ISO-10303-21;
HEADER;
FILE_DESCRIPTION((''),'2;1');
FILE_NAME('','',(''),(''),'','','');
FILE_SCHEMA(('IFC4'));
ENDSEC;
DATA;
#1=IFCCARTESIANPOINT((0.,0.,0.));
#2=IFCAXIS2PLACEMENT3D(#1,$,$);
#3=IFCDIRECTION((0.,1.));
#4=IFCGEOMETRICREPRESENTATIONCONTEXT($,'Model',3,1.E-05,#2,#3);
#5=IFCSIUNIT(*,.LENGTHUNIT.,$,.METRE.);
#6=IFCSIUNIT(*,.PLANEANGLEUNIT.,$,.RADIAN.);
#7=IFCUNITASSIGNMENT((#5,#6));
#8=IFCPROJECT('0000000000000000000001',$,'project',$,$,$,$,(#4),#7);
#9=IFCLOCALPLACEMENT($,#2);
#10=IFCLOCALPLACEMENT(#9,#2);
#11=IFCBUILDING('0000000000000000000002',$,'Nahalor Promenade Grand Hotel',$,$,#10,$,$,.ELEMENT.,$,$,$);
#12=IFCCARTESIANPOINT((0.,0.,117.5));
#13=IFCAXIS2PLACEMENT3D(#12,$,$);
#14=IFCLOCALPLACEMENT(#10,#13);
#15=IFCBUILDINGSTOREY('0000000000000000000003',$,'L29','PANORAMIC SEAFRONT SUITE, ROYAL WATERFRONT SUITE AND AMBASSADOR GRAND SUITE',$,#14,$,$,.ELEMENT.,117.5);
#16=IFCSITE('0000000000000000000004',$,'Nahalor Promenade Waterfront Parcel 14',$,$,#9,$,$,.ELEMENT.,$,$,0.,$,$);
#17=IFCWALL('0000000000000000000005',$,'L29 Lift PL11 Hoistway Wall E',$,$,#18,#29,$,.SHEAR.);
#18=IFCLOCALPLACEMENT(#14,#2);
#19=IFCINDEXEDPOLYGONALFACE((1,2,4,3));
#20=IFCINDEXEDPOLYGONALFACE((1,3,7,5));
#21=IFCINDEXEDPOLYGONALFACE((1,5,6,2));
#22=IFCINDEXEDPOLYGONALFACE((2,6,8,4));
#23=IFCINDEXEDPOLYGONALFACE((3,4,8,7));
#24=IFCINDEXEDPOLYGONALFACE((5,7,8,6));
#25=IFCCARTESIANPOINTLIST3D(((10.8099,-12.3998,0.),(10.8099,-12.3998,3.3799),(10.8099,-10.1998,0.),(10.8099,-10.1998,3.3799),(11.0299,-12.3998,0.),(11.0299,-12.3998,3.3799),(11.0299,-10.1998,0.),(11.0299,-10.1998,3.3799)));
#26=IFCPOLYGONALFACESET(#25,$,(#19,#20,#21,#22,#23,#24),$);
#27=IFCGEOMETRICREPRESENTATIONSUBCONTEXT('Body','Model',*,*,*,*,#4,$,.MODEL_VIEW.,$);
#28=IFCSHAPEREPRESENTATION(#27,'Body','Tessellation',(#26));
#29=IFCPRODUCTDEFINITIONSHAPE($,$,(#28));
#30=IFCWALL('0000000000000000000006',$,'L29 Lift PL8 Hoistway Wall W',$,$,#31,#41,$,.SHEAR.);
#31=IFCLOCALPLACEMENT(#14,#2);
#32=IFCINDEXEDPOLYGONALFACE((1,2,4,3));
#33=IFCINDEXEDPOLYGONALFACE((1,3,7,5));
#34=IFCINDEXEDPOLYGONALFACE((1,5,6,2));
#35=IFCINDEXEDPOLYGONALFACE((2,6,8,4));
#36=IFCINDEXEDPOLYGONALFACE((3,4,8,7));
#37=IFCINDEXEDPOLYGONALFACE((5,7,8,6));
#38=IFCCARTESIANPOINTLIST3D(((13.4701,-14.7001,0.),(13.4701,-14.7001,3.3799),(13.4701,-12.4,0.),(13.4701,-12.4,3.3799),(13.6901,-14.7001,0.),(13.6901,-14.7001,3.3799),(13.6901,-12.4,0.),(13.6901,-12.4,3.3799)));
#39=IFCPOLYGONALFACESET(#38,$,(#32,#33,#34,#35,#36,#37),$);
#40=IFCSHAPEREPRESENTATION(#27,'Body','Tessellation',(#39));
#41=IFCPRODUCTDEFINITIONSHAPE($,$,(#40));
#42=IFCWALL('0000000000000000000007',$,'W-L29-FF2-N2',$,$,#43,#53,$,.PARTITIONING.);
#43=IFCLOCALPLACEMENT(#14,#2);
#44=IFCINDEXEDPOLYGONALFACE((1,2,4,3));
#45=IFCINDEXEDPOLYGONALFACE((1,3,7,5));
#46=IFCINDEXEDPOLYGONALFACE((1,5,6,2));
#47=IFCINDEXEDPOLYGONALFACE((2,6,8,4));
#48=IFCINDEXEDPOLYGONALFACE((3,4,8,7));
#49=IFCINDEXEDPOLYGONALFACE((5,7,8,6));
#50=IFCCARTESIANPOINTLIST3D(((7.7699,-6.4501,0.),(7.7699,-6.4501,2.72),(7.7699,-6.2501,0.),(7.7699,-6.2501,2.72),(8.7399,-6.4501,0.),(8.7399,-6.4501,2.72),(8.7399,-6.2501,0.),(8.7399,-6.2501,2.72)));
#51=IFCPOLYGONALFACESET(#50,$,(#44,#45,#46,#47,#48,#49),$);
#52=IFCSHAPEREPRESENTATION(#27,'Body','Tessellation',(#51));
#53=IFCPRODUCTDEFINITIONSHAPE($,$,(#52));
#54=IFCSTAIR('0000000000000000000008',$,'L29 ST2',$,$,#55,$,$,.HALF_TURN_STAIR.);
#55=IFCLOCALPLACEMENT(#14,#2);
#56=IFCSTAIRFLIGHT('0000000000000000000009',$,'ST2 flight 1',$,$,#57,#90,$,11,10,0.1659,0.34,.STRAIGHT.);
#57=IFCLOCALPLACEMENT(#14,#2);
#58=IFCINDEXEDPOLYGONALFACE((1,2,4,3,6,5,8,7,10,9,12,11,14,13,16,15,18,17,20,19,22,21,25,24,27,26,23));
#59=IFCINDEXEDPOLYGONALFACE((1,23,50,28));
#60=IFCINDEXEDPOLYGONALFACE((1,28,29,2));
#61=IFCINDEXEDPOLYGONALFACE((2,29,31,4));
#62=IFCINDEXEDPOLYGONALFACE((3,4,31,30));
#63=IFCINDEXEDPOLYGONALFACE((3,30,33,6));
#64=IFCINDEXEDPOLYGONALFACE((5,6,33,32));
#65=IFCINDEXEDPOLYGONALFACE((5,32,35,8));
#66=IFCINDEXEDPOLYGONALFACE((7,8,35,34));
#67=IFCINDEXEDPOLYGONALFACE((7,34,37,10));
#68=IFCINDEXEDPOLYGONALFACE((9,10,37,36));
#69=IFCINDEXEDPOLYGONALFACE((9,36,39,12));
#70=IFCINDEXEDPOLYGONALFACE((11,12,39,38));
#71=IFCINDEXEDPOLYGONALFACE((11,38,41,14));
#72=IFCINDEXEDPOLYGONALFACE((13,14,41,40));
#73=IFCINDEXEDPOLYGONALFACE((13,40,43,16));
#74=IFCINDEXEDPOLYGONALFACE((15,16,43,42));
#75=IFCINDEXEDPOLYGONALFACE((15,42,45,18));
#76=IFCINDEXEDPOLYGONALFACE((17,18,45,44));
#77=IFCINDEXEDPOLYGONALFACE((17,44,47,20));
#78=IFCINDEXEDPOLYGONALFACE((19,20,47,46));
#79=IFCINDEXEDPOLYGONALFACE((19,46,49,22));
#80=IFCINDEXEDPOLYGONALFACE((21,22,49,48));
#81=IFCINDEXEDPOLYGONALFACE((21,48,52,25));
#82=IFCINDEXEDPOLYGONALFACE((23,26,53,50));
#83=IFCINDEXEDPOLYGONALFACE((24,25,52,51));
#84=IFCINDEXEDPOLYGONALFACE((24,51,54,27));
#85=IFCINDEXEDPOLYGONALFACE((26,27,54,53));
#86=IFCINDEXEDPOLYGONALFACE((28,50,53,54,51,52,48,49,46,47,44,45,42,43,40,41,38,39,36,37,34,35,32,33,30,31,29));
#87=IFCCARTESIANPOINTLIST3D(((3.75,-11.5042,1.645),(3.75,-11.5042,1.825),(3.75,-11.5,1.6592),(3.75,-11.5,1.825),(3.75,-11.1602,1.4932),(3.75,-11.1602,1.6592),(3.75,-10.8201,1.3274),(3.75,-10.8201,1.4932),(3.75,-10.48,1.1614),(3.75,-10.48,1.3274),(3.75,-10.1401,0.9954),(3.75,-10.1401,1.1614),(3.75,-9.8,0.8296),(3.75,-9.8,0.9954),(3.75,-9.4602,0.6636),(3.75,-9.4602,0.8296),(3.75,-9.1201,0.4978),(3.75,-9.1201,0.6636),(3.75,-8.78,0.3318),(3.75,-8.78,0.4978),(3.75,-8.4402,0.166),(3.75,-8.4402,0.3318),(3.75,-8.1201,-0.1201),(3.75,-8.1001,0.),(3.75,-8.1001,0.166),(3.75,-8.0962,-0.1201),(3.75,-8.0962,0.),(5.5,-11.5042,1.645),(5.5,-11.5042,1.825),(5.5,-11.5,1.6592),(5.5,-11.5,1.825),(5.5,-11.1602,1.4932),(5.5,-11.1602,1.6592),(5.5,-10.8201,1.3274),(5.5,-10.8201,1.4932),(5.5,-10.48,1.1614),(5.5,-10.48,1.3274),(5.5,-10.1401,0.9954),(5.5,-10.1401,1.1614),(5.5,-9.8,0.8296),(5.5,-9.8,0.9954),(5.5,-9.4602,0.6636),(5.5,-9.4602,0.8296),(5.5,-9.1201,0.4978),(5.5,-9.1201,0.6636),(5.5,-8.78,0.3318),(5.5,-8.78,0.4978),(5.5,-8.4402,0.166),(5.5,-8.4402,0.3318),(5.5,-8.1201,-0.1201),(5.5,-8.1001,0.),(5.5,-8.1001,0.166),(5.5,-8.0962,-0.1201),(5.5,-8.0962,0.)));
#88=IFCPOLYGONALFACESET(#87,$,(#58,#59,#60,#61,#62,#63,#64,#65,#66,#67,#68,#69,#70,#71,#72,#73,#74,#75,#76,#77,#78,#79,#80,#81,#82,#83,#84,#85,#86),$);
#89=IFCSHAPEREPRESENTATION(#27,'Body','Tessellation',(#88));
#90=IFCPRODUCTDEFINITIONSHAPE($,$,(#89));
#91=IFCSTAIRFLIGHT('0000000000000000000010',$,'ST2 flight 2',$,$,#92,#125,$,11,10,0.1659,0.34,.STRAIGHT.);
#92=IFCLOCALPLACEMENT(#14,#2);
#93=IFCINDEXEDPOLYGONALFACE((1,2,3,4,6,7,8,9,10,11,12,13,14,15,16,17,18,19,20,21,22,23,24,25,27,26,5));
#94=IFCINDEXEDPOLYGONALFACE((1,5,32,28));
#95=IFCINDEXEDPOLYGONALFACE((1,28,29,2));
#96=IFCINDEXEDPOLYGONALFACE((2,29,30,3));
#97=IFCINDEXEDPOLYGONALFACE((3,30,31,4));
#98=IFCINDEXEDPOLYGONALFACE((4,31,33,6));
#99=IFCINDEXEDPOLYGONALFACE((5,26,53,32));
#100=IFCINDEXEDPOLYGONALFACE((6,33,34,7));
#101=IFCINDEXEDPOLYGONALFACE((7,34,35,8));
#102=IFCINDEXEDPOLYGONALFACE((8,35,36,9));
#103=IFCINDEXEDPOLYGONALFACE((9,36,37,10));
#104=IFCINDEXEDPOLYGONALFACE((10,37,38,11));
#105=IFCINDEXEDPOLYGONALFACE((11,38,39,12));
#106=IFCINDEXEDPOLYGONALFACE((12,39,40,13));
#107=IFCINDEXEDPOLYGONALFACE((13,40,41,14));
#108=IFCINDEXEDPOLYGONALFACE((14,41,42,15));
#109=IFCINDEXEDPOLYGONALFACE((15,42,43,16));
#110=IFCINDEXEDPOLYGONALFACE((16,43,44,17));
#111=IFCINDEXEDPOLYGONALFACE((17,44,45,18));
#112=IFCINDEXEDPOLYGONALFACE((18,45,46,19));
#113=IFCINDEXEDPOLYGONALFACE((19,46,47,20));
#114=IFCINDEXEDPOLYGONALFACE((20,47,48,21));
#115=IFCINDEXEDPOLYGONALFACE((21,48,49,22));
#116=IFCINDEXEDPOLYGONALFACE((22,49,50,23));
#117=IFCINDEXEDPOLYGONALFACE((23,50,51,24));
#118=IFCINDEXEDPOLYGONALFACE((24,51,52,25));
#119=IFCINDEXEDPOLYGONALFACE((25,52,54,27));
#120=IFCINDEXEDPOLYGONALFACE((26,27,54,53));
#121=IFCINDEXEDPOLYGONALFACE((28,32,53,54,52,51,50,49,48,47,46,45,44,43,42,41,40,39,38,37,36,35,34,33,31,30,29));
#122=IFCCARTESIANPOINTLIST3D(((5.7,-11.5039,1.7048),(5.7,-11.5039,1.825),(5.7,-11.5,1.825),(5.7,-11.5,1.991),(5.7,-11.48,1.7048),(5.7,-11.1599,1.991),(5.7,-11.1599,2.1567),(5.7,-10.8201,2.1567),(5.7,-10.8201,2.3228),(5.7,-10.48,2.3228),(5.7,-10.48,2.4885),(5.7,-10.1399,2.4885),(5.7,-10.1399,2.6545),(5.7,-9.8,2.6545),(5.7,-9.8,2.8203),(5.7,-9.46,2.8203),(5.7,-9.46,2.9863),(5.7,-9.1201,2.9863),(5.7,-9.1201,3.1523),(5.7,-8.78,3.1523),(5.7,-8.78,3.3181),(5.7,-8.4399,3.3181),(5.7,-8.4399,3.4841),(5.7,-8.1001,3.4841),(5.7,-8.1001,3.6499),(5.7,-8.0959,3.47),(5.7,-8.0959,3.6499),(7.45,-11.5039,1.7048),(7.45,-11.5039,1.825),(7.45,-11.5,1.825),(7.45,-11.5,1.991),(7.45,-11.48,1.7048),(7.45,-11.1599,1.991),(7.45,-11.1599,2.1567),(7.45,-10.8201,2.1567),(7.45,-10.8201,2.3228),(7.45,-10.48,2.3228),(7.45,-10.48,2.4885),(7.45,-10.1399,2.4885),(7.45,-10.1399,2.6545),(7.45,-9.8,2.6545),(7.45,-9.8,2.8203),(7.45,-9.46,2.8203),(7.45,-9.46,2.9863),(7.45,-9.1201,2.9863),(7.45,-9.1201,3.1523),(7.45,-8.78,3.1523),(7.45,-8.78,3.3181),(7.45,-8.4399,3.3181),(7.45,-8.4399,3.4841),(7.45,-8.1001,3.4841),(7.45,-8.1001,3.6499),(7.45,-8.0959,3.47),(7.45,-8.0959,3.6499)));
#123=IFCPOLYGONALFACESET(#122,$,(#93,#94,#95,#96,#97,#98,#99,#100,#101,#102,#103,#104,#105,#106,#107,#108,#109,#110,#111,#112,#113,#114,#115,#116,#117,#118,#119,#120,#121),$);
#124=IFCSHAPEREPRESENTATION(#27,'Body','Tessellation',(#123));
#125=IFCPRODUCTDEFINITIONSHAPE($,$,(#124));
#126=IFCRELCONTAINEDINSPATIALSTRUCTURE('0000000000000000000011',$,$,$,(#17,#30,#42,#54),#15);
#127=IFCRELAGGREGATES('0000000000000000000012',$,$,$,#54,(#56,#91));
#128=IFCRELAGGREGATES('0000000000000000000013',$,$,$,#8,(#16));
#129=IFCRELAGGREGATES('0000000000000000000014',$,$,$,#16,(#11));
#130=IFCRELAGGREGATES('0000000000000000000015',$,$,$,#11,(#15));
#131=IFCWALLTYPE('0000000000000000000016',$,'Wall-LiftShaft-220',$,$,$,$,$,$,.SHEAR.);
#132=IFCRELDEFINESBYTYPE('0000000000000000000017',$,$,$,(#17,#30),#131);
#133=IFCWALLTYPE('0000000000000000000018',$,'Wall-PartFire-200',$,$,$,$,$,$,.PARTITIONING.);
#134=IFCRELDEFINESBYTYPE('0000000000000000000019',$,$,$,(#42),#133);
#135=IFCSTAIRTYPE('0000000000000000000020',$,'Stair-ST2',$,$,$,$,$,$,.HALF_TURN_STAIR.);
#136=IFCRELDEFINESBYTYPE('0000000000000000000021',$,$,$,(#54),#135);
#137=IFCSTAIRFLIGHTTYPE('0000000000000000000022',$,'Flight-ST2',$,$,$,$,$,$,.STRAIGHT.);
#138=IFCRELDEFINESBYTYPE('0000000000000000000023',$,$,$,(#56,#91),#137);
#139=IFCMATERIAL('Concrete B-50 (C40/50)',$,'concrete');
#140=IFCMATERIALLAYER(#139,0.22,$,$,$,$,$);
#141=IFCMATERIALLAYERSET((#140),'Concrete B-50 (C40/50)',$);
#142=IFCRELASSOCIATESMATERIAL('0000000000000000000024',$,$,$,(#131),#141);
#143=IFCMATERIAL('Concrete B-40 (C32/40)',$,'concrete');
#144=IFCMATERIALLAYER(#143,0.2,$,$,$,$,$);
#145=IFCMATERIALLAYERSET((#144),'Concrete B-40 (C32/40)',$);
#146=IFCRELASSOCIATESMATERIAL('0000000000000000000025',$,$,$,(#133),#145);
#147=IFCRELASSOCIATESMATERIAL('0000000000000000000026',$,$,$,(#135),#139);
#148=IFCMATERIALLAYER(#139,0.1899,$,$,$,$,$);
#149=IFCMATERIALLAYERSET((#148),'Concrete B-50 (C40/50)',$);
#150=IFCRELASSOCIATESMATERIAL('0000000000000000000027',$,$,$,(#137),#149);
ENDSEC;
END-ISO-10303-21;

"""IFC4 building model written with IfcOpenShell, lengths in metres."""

from ifc_helpers import new_model, si_unit, direction, frame, frame_2d, origin, place, context, subcontext, project, spatial, polyline, rectangle, outline, extrude, source, transform, mapped, material, layer, layer_set, type_object, element, aggregate, save


model = new_model("IFC4")

# Units and contexts
model_context = context("Model", 3, precision=1e-05, world=origin(), true_north=direction((0.0, 1.0)))
body_context = subcontext(model_context, "Body", "Model", "MODEL_VIEW")
ifc_project = project(units=[si_unit("LENGTHUNIT", "METRE"), si_unit("PLANEANGLEUNIT", "RADIAN")], contexts=[model_context])

# Site, building, storey
site_placement = place(None, origin())
site = spatial("IfcSite", under=ifc_project, at=site_placement, Name="Nahalor Promenade Waterfront Parcel 14", CompositionType="ELEMENT", RefElevation=0.0)
building_placement = place(site_placement, origin())
building = spatial("IfcBuilding", under=site, at=building_placement, Name="Nahalor Promenade Grand Hotel", CompositionType="ELEMENT")
storey_placement = place(building_placement, frame((0.0, 0.0, 117.5)))
storey = spatial("IfcBuildingStorey", under=building, at=storey_placement, Name="L29", Description="PANORAMIC SEAFRONT SUITE, ROYAL WATERFRONT SUITE AND AMBASSADOR GRAND SUITE", CompositionType="ELEMENT", Elevation=117.5)

# Walls
ifc_material_1 = material(Name="Concrete B-50 (C40/50)", Category="concrete")
ifc_layer_1 = layer(ifc_material_1, 0.22)
ifc_layer_set_1 = layer_set([ifc_layer_1], Name="Concrete B-50 (C40/50)")
wall_type_1 = type_object("IfcWallType", Name="Wall-LiftShaft-220", PredefinedType="SHEAR", material=ifc_layer_set_1)
shared_shape_1 = source(origin(), body_context, "Body", "SweptSolid", [
    extrude(rectangle(XDim=2.2, YDim=0.22, at=frame_2d((1.1001, 0.0))), origin(), (0.0, 0.0, 1.0), 3.3799),
])
for number, where, z_axis, x_axis, name in (
    (1, (10.9199, -12.3999, 0.0), (0.0, 0.0, 1.0), (0.0, 1.0, 0.0), "L29 Lift PL11 Hoistway Wall E"),
):
    element("IfcWall", number, at=place(storey_placement, frame(where, z_axis=z_axis, x_axis=x_axis)), inside=storey, type_object=wall_type_1, Name=name, PredefinedType="SHEAR", context=body_context, shape_type="MappedRepresentation", body=[
        mapped(shared_shape_1, transform((0.0, 0.0, 0.0), scale=1.0)),
    ])
shared_shape_2 = source(origin(), body_context, "Body", "SweptSolid", [
    extrude(rectangle(XDim=2.3, YDim=0.22, at=frame_2d((1.1499, 0.0))), origin(), (0.0, 0.0, 1.0), 3.3799),
])
wall_1_placement = place(storey_placement, frame((13.5801, -14.7, 0.0), z_axis=(0.0, 0.0, 1.0), x_axis=(0.0, 1.0, 0.0)))
element("IfcWall", 2, at=wall_1_placement, inside=storey, type_object=wall_type_1, Name="L29 Lift PL8 Hoistway Wall W", PredefinedType="SHEAR", context=body_context, shape_type="MappedRepresentation", body=[
    mapped(shared_shape_2, transform((0.0, 0.0, 0.0), scale=1.0)),
])

# Shared definitions
ifc_material_2 = material(Name="Concrete B-40 (C32/40)", Category="concrete")
ifc_layer_2 = layer(ifc_material_2, 0.2)
ifc_layer_set_2 = layer_set([ifc_layer_2], Name="Concrete B-40 (C32/40)")
wall_type_2 = type_object("IfcWallType", Name="Wall-PartFire-200", PredefinedType="PARTITIONING", material=ifc_layer_set_2)

# Wall
shared_shape_3 = source(origin(), body_context, "Body", "SweptSolid", [
    extrude(rectangle(XDim=0.97, YDim=0.2, at=frame_2d((0.4849, 0.0))), origin(), (0.0, 0.0, 1.0), 2.72),
])
wall_2_placement = place(storey_placement, frame((7.77, -6.3501, 0.0), z_axis=(0.0, 0.0, 1.0), x_axis=(1.0, 0.0, 0.0)))
element("IfcWall", 3, at=wall_2_placement, inside=storey, type_object=wall_type_2, Name="W-L29-FF2-N2", PredefinedType="PARTITIONING", context=body_context, shape_type="MappedRepresentation", body=[
    mapped(shared_shape_3, transform((0.0, 0.0, 0.0), scale=1.0)),
])

# Stair, stair flights
stair_type = type_object("IfcStairType", Name="Stair-ST2", PredefinedType="HALF_TURN_STAIR", material=ifc_material_1)
stair_placement = place(storey_placement, origin())
stair = element("IfcStair", 4, at=stair_placement, inside=storey, type_object=stair_type, Name="L29 ST2", PredefinedType="HALF_TURN_STAIR")
ifc_layer_3 = layer(ifc_material_1, 0.1899)
ifc_layer_set_3 = layer_set([ifc_layer_3], Name="Concrete B-50 (C40/50)")
stair_flight_type = type_object("IfcStairFlightType", Name="Flight-ST2", PredefinedType="STRAIGHT", material=ifc_layer_set_3)
shared_shape_4 = source(origin(), body_context, "Body", "SweptSolid", [
    extrude(outline(polyline([(-0.0039, -0.1201), (-0.0039, 0.0), (0.0, 0.0), (0.0, 0.166), (0.3401, 0.166), (0.3401, 0.3318), (0.6799, 0.3318), (0.6799, 0.4978), (1.02, 0.4978), (1.02, 0.6636), (1.3601, 0.6636), (1.3601, 0.8296), (1.7, 0.8296), (1.7, 0.9954), (2.04, 0.9954), (2.04, 1.1614), (2.3799, 1.1614), (2.3799, 1.3274), (2.72, 1.3274), (2.72, 1.4932), (3.0601, 1.4932), (3.0601, 1.6592), (3.3999, 1.6592), (3.3999, 1.825), (3.4041, 1.825), (3.4041, 1.645), (0.02, -0.1201), (-0.0039, -0.1201)])), frame((0.0, 0.875, 0.0), z_axis=(0.0, -1.0, 0.0), x_axis=(1.0, 0.0, 0.0)), (0.0, 0.0, 1.0), 1.75),
])
stair_flight_1_placement = place(storey_placement, frame((4.625, -8.1001, 0.0), z_axis=(0.0, 0.0, 1.0), x_axis=(0.0, -1.0, 0.0)))
stair_flight_1 = element("IfcStairFlight", 5, at=stair_flight_1_placement, type_object=stair_flight_type, Name="ST2 flight 1", NumberOfRisers=11, NumberOfTreads=10, PredefinedType="STRAIGHT", RiserHeight=0.1659, TreadLength=0.34, context=body_context, shape_type="MappedRepresentation", body=[
    mapped(shared_shape_4, transform((0.0, 0.0, 0.0), scale=1.0)),
])
stair_flight_2_placement = place(storey_placement, frame((6.575, -11.5, 1.825), z_axis=(0.0, 0.0, 1.0), x_axis=(0.0, 1.0, 0.0)))
stair_flight_2 = element("IfcStairFlight", 6, at=stair_flight_2_placement, type_object=stair_flight_type, Name="ST2 flight 2", NumberOfRisers=11, NumberOfTreads=10, PredefinedType="STRAIGHT", RiserHeight=0.1659, TreadLength=0.34, context=body_context, shape_type="MappedRepresentation", body=[
    mapped(shared_shape_4, transform((0.0, 0.0, 0.0), scale=1.0)),
])
aggregate(stair, [stair_flight_1, stair_flight_2])

save(model, "model.ifc")
